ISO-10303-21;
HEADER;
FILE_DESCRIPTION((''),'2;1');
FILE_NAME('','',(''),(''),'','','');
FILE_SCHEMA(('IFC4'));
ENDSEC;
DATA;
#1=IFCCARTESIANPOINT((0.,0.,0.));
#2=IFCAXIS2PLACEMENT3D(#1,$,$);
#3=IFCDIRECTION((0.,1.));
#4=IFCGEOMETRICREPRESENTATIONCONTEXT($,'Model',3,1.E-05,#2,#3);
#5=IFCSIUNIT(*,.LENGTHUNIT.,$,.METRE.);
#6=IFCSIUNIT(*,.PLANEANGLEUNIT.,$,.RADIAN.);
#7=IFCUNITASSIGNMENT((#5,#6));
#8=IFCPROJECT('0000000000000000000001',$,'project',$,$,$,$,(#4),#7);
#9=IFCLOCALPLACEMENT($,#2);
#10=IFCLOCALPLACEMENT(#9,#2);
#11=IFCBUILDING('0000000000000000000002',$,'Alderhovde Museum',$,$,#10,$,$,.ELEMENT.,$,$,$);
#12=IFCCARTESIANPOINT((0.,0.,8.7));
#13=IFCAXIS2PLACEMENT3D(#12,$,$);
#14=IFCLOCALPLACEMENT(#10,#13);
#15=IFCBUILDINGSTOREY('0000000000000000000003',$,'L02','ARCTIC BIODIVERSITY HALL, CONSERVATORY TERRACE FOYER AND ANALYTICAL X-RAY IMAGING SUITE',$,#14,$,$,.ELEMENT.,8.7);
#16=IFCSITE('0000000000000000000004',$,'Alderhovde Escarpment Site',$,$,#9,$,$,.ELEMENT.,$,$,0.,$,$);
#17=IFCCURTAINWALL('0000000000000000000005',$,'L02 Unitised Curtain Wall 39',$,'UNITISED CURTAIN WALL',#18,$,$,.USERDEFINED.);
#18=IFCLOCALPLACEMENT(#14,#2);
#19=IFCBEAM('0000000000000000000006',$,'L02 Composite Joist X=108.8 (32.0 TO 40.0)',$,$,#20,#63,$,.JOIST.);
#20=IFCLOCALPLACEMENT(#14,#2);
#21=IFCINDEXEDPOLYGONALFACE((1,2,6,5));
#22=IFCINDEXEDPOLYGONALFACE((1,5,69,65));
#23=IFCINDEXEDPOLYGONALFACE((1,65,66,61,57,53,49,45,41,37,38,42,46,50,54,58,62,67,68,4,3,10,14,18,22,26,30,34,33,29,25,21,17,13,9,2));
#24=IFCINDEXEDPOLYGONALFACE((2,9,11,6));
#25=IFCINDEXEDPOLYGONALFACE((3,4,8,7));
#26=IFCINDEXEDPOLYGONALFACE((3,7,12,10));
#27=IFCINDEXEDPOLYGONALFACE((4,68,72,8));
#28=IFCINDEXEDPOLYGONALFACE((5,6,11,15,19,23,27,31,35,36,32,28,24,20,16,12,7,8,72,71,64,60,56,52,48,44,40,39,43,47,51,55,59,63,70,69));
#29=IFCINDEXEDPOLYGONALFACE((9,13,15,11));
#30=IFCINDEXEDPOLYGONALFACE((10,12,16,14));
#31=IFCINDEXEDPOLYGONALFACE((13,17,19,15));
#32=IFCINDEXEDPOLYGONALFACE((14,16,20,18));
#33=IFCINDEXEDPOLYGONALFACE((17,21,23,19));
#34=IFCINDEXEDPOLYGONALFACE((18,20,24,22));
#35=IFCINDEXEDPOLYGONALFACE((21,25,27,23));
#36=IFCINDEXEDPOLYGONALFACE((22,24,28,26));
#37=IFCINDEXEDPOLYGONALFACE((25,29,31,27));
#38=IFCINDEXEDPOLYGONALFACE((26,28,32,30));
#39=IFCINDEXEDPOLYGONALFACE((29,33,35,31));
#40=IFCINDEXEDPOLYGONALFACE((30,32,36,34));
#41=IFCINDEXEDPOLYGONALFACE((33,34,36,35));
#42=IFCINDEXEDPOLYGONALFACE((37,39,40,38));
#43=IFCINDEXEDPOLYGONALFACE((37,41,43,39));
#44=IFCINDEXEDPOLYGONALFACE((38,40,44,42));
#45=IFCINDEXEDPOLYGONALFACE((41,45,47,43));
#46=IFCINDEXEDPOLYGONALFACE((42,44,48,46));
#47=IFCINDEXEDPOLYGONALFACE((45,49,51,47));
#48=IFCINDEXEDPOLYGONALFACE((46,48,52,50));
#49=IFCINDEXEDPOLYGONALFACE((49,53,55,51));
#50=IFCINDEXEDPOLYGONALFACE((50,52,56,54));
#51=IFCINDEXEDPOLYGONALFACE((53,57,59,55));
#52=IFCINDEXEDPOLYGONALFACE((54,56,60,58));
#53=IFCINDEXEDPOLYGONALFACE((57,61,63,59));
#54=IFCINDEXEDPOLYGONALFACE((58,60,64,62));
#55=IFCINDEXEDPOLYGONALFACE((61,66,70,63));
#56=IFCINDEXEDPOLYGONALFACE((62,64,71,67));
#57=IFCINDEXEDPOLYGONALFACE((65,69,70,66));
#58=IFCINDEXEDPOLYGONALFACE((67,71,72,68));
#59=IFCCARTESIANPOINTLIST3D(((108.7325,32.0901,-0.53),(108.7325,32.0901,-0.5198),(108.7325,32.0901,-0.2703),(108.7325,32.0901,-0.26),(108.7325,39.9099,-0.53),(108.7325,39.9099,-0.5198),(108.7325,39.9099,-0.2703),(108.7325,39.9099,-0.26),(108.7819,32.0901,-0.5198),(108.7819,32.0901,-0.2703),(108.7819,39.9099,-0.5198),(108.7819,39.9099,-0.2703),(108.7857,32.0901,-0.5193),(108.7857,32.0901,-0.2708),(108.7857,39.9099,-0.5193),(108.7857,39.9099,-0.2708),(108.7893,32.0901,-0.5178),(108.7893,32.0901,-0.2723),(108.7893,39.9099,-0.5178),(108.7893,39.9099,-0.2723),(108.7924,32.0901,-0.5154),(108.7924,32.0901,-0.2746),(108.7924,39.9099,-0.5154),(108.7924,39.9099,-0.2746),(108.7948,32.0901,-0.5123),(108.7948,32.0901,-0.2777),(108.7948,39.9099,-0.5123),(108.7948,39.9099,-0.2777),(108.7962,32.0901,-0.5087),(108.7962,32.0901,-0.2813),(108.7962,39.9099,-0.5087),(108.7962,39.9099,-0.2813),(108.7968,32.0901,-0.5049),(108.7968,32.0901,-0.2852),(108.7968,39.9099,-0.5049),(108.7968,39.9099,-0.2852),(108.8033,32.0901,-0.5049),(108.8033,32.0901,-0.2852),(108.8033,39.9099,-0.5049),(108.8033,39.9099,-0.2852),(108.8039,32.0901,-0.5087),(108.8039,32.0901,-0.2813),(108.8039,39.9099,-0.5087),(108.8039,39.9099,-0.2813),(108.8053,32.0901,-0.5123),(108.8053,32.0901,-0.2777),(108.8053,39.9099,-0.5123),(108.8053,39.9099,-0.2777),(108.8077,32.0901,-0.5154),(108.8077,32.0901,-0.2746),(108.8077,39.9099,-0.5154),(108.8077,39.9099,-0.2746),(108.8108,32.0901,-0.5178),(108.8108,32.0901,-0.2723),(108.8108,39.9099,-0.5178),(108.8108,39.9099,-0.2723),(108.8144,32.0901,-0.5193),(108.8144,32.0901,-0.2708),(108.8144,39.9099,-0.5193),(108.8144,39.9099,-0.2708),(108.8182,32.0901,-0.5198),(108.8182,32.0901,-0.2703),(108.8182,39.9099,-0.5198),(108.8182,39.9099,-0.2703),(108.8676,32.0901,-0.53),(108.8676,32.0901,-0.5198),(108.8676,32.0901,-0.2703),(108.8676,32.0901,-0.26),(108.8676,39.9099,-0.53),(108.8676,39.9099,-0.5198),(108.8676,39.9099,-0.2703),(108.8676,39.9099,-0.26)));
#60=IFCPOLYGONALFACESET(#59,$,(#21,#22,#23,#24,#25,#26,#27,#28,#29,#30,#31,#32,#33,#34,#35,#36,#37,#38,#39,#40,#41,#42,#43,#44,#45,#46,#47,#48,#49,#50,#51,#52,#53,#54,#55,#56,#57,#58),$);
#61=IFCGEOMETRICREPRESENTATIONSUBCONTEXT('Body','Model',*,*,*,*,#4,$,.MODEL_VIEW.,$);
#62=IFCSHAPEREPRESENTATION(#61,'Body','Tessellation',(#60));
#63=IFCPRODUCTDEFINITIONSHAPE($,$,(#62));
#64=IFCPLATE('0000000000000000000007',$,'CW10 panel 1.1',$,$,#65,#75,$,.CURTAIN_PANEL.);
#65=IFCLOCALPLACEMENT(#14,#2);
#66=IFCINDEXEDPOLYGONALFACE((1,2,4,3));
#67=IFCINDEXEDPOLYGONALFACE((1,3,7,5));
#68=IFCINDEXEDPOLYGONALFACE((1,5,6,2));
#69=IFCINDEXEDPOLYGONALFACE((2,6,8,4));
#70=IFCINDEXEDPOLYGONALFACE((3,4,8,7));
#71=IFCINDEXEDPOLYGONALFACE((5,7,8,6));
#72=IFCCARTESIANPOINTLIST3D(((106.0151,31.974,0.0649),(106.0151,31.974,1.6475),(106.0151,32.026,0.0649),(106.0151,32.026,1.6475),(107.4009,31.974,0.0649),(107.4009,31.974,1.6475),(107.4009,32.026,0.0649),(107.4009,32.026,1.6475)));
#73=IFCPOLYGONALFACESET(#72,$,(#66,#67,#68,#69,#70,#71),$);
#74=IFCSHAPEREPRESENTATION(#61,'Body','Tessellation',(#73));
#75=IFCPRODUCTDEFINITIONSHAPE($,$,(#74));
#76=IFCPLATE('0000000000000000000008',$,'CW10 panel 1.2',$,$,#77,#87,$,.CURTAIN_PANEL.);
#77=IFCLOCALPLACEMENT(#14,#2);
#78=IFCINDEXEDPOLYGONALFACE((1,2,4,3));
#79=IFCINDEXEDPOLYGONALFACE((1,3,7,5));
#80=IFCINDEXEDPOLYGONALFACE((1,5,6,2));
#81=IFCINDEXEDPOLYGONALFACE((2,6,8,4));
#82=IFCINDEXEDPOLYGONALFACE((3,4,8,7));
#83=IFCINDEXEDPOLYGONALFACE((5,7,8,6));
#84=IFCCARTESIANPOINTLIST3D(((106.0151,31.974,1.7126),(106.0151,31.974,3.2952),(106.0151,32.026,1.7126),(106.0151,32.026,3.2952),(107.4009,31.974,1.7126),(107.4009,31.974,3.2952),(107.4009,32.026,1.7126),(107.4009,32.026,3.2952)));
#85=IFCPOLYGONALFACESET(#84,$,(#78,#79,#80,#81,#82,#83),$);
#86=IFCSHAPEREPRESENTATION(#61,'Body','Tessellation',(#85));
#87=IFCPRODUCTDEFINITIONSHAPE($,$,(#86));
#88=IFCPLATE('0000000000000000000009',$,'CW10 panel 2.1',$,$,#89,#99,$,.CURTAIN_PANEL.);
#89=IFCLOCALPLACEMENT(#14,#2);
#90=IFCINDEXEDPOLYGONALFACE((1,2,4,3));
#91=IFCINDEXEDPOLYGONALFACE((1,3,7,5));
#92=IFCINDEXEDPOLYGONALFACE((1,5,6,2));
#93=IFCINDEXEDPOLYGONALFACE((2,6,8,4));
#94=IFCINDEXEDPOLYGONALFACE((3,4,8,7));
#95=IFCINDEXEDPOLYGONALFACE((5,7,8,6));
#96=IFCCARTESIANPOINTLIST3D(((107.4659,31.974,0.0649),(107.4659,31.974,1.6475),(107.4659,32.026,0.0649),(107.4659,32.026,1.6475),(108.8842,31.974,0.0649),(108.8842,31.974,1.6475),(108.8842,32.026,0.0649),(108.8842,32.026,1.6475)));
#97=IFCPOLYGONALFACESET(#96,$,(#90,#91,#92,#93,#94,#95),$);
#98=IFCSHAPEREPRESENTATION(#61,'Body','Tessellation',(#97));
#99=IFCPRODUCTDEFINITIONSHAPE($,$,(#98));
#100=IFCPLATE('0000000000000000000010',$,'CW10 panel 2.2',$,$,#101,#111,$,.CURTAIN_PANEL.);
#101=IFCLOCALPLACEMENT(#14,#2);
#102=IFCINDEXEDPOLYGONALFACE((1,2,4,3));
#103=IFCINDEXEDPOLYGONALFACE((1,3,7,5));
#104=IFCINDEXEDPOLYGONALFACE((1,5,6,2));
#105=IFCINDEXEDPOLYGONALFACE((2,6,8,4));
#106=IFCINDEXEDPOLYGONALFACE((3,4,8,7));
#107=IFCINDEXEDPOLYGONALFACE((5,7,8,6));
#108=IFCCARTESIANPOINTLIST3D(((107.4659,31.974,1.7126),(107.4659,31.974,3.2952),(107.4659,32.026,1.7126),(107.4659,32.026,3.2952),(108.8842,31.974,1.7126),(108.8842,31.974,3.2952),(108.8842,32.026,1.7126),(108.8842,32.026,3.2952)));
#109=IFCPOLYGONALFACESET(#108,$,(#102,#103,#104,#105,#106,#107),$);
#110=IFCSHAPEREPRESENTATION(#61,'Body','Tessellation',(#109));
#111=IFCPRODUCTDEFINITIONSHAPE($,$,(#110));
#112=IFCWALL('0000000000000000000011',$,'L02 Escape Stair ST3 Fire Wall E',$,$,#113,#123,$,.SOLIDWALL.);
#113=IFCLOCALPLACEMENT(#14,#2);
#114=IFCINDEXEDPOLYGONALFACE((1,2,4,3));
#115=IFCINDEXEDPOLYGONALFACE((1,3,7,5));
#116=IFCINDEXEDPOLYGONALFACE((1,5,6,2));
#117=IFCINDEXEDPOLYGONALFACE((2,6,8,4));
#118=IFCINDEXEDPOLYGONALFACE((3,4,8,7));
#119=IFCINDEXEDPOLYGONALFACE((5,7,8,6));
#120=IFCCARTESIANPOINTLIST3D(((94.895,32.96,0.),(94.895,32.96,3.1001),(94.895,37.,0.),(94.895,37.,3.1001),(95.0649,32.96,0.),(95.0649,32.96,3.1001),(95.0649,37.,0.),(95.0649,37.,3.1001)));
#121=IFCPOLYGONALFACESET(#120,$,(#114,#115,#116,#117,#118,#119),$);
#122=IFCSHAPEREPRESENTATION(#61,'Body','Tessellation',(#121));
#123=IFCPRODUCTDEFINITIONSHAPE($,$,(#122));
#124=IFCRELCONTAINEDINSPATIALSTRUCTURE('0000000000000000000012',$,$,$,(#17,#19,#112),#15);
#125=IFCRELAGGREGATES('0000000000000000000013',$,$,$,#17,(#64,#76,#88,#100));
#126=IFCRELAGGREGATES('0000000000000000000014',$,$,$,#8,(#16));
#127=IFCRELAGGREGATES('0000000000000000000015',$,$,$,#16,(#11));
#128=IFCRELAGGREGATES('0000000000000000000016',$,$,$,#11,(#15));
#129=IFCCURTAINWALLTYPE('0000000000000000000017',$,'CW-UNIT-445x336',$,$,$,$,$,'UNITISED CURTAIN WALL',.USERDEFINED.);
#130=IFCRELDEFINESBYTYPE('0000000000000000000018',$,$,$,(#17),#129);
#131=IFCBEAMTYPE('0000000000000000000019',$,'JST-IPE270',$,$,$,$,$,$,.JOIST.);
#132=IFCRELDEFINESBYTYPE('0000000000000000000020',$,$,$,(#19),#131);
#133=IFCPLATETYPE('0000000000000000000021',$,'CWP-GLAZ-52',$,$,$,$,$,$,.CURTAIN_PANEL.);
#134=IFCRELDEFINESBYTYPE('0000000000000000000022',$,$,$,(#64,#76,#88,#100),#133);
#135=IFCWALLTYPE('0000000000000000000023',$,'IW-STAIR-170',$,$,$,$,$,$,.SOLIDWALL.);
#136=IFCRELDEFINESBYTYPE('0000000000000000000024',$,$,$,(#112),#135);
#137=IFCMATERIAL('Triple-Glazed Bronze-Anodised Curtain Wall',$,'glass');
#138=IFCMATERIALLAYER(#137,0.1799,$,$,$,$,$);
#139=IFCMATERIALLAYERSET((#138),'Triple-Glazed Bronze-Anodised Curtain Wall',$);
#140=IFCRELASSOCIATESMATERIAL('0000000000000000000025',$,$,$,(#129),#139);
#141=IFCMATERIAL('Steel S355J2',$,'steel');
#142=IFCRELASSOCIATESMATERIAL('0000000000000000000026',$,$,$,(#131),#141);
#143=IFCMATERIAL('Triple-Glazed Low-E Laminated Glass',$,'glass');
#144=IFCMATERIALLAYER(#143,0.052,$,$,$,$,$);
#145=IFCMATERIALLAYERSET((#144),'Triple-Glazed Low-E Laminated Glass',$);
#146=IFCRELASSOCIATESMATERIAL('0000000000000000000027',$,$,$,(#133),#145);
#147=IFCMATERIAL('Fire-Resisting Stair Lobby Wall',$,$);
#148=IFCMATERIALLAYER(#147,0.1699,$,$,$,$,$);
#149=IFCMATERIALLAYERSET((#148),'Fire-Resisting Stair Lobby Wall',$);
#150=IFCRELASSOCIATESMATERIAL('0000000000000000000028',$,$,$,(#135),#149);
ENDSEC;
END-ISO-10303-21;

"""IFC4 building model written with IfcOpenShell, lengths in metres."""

from ifc_helpers import new_model, si_unit, direction, frame, frame_2d, origin, origin_2d, place, context, subcontext, project, spatial, rectangle, i_section, extrude, material, layer, layer_set, material_profile, profile_set, type_object, element, aggregate, save


model = new_model("IFC4")

# Units and contexts
model_context = context("Model", 3, precision=1e-05, world=origin(), true_north=direction((0.0, 1.0)))
body_context = subcontext(model_context, "Body", "Model", "MODEL_VIEW")
ifc_project = project(units=[si_unit("LENGTHUNIT", "METRE"), si_unit("PLANEANGLEUNIT", "RADIAN")], contexts=[model_context])

# Site, building, storey
site_placement = place(None, origin())
site = spatial("IfcSite", under=ifc_project, at=site_placement, Name="Alderhovde Escarpment Site", CompositionType="ELEMENT", RefElevation=0.0)
building_placement = place(site_placement, origin())
building = spatial("IfcBuilding", under=site, at=building_placement, Name="Alderhovde Museum", CompositionType="ELEMENT")
storey_placement = place(building_placement, frame((0.0, 0.0, 8.7)))
storey = spatial("IfcBuildingStorey", under=building, at=storey_placement, Name="L02", Description="ARCTIC BIODIVERSITY HALL, CONSERVATORY TERRACE FOYER AND ANALYTICAL X-RAY IMAGING SUITE", CompositionType="ELEMENT", Elevation=8.7)

# Curtain wall
ifc_material_1 = material(Name="Triple-Glazed Bronze-Anodised Curtain Wall", Category="glass")
ifc_layer_1 = layer(ifc_material_1, 0.1799)
ifc_layer_set_1 = layer_set([ifc_layer_1], Name="Triple-Glazed Bronze-Anodised Curtain Wall")
curtain_wall_type = type_object("IfcCurtainWallType", Name="CW-UNIT-445x336", ElementType="UNITISED CURTAIN WALL", PredefinedType="USERDEFINED", material=ifc_layer_set_1)
curtain_wall_placement = place(storey_placement, origin())
curtain_wall = element("IfcCurtainWall", 1, at=curtain_wall_placement, inside=storey, type_object=curtain_wall_type, Name="L02 Unitised Curtain Wall 39", ObjectType="UNITISED CURTAIN WALL", PredefinedType="USERDEFINED")

# Beam
ifc_material_2 = material(Name="Steel S355J2", Category="steel")
ifc_material_profile_1 = material_profile(ifc_material_2, i_section(OverallWidth=0.135, OverallDepth=0.27, WebThickness=0.0066, FlangeThickness=0.0103, FilletRadius=0.0149, at=origin_2d()), Name="IPE 270")
ifc_profile_set_1 = profile_set([ifc_material_profile_1], Name="Steel S355J2")
beam_type_1 = type_object("IfcBeamType", Name="JST-IPE270", PredefinedType="JOIST", material=ifc_profile_set_1)
for number, where, z_axis, x_axis, name in (
    (2, (108.8, 32.0901, -0.395), (0.0, 1.0, 0.0), (-1.0, 0.0, 0.0), "L02 Composite Joist X=108.8 (32.0 TO 40.0)"),
):
    element("IfcBeam", number, at=place(storey_placement, frame(where, z_axis=z_axis, x_axis=x_axis)), inside=storey, type_object=beam_type_1, Name=name, PredefinedType="JOIST", context=body_context, shape_type="SweptSolid", body=[
        extrude(i_section(OverallWidth=0.135, OverallDepth=0.27, WebThickness=0.0066, FlangeThickness=0.0103, FilletRadius=0.0149, at=origin_2d()), origin(), (0.0, 0.0, 1.0), 7.8198),
    ])

# Plates
ifc_material_3 = material(Name="Triple-Glazed Low-E Laminated Glass", Category="glass")
ifc_layer_2 = layer(ifc_material_3, 0.052)
ifc_layer_set_2 = layer_set([ifc_layer_2], Name="Triple-Glazed Low-E Laminated Glass")
plate_type = type_object("IfcPlateType", Name="CWP-GLAZ-52", PredefinedType="CURTAIN_PANEL", material=ifc_layer_set_2)
plate_1_placement = place(storey_placement, frame((106.708, 32.0, 0.0649), z_axis=(0.0, 0.0, 1.0), x_axis=(1.0, 0.0, 0.0)))
plate_1 = element("IfcPlate", 3, at=plate_1_placement, type_object=plate_type, Name="CW10 panel 1.1", PredefinedType="CURTAIN_PANEL", context=body_context, shape_type="SweptSolid", body=[
    extrude(rectangle(XDim=1.3857, YDim=0.052, at=origin_2d()), origin(), (0.0, 0.0, 1.0), 1.5825),
])
plate_2_placement = place(storey_placement, frame((106.708, 32.0, 1.7126), z_axis=(0.0, 0.0, 1.0), x_axis=(1.0, 0.0, 0.0)))
plate_2 = element("IfcPlate", 4, at=plate_2_placement, type_object=plate_type, Name="CW10 panel 1.2", PredefinedType="CURTAIN_PANEL", context=body_context, shape_type="SweptSolid", body=[
    extrude(rectangle(XDim=1.3857, YDim=0.052, at=origin_2d()), origin(), (0.0, 0.0, 1.0), 1.5825),
])
plate_3_placement = place(storey_placement, frame((108.175, 32.0, 0.0649), z_axis=(0.0, 0.0, 1.0), x_axis=(1.0, 0.0, 0.0)))
plate_3 = element("IfcPlate", 5, at=plate_3_placement, type_object=plate_type, Name="CW10 panel 2.1", PredefinedType="CURTAIN_PANEL", context=body_context, shape_type="SweptSolid", body=[
    extrude(rectangle(XDim=1.4182, YDim=0.052, at=origin_2d()), origin(), (0.0, 0.0, 1.0), 1.5825),
])
plate_4_placement = place(storey_placement, frame((108.175, 32.0, 1.7126), z_axis=(0.0, 0.0, 1.0), x_axis=(1.0, 0.0, 0.0)))
plate_4 = element("IfcPlate", 6, at=plate_4_placement, type_object=plate_type, Name="CW10 panel 2.2", PredefinedType="CURTAIN_PANEL", context=body_context, shape_type="SweptSolid", body=[
    extrude(rectangle(XDim=1.4182, YDim=0.052, at=origin_2d()), origin(), (0.0, 0.0, 1.0), 1.5825),
])
aggregate(curtain_wall, [plate_1, plate_2, plate_3, plate_4])

# Wall
ifc_material_4 = material(Name="Fire-Resisting Stair Lobby Wall")
ifc_layer_3 = layer(ifc_material_4, 0.1699)
ifc_layer_set_3 = layer_set([ifc_layer_3], Name="Fire-Resisting Stair Lobby Wall")
wall_type = type_object("IfcWallType", Name="IW-STAIR-170", PredefinedType="SOLIDWALL", material=ifc_layer_set_3)
wall_placement = place(storey_placement, frame((94.98, 32.96, 0.0), z_axis=(0.0, 0.0, 1.0), x_axis=(0.0, 1.0, 0.0)))
element("IfcWall", 7, at=wall_placement, inside=storey, type_object=wall_type, Name="L02 Escape Stair ST3 Fire Wall E", PredefinedType="SOLIDWALL", context=body_context, shape_type="SweptSolid", body=[
    extrude(rectangle(XDim=4.04, YDim=0.1699, at=frame_2d((2.02, 0.0))), origin(), (0.0, 0.0, 1.0), 3.1001),
])

save(model, "model.ifc")
